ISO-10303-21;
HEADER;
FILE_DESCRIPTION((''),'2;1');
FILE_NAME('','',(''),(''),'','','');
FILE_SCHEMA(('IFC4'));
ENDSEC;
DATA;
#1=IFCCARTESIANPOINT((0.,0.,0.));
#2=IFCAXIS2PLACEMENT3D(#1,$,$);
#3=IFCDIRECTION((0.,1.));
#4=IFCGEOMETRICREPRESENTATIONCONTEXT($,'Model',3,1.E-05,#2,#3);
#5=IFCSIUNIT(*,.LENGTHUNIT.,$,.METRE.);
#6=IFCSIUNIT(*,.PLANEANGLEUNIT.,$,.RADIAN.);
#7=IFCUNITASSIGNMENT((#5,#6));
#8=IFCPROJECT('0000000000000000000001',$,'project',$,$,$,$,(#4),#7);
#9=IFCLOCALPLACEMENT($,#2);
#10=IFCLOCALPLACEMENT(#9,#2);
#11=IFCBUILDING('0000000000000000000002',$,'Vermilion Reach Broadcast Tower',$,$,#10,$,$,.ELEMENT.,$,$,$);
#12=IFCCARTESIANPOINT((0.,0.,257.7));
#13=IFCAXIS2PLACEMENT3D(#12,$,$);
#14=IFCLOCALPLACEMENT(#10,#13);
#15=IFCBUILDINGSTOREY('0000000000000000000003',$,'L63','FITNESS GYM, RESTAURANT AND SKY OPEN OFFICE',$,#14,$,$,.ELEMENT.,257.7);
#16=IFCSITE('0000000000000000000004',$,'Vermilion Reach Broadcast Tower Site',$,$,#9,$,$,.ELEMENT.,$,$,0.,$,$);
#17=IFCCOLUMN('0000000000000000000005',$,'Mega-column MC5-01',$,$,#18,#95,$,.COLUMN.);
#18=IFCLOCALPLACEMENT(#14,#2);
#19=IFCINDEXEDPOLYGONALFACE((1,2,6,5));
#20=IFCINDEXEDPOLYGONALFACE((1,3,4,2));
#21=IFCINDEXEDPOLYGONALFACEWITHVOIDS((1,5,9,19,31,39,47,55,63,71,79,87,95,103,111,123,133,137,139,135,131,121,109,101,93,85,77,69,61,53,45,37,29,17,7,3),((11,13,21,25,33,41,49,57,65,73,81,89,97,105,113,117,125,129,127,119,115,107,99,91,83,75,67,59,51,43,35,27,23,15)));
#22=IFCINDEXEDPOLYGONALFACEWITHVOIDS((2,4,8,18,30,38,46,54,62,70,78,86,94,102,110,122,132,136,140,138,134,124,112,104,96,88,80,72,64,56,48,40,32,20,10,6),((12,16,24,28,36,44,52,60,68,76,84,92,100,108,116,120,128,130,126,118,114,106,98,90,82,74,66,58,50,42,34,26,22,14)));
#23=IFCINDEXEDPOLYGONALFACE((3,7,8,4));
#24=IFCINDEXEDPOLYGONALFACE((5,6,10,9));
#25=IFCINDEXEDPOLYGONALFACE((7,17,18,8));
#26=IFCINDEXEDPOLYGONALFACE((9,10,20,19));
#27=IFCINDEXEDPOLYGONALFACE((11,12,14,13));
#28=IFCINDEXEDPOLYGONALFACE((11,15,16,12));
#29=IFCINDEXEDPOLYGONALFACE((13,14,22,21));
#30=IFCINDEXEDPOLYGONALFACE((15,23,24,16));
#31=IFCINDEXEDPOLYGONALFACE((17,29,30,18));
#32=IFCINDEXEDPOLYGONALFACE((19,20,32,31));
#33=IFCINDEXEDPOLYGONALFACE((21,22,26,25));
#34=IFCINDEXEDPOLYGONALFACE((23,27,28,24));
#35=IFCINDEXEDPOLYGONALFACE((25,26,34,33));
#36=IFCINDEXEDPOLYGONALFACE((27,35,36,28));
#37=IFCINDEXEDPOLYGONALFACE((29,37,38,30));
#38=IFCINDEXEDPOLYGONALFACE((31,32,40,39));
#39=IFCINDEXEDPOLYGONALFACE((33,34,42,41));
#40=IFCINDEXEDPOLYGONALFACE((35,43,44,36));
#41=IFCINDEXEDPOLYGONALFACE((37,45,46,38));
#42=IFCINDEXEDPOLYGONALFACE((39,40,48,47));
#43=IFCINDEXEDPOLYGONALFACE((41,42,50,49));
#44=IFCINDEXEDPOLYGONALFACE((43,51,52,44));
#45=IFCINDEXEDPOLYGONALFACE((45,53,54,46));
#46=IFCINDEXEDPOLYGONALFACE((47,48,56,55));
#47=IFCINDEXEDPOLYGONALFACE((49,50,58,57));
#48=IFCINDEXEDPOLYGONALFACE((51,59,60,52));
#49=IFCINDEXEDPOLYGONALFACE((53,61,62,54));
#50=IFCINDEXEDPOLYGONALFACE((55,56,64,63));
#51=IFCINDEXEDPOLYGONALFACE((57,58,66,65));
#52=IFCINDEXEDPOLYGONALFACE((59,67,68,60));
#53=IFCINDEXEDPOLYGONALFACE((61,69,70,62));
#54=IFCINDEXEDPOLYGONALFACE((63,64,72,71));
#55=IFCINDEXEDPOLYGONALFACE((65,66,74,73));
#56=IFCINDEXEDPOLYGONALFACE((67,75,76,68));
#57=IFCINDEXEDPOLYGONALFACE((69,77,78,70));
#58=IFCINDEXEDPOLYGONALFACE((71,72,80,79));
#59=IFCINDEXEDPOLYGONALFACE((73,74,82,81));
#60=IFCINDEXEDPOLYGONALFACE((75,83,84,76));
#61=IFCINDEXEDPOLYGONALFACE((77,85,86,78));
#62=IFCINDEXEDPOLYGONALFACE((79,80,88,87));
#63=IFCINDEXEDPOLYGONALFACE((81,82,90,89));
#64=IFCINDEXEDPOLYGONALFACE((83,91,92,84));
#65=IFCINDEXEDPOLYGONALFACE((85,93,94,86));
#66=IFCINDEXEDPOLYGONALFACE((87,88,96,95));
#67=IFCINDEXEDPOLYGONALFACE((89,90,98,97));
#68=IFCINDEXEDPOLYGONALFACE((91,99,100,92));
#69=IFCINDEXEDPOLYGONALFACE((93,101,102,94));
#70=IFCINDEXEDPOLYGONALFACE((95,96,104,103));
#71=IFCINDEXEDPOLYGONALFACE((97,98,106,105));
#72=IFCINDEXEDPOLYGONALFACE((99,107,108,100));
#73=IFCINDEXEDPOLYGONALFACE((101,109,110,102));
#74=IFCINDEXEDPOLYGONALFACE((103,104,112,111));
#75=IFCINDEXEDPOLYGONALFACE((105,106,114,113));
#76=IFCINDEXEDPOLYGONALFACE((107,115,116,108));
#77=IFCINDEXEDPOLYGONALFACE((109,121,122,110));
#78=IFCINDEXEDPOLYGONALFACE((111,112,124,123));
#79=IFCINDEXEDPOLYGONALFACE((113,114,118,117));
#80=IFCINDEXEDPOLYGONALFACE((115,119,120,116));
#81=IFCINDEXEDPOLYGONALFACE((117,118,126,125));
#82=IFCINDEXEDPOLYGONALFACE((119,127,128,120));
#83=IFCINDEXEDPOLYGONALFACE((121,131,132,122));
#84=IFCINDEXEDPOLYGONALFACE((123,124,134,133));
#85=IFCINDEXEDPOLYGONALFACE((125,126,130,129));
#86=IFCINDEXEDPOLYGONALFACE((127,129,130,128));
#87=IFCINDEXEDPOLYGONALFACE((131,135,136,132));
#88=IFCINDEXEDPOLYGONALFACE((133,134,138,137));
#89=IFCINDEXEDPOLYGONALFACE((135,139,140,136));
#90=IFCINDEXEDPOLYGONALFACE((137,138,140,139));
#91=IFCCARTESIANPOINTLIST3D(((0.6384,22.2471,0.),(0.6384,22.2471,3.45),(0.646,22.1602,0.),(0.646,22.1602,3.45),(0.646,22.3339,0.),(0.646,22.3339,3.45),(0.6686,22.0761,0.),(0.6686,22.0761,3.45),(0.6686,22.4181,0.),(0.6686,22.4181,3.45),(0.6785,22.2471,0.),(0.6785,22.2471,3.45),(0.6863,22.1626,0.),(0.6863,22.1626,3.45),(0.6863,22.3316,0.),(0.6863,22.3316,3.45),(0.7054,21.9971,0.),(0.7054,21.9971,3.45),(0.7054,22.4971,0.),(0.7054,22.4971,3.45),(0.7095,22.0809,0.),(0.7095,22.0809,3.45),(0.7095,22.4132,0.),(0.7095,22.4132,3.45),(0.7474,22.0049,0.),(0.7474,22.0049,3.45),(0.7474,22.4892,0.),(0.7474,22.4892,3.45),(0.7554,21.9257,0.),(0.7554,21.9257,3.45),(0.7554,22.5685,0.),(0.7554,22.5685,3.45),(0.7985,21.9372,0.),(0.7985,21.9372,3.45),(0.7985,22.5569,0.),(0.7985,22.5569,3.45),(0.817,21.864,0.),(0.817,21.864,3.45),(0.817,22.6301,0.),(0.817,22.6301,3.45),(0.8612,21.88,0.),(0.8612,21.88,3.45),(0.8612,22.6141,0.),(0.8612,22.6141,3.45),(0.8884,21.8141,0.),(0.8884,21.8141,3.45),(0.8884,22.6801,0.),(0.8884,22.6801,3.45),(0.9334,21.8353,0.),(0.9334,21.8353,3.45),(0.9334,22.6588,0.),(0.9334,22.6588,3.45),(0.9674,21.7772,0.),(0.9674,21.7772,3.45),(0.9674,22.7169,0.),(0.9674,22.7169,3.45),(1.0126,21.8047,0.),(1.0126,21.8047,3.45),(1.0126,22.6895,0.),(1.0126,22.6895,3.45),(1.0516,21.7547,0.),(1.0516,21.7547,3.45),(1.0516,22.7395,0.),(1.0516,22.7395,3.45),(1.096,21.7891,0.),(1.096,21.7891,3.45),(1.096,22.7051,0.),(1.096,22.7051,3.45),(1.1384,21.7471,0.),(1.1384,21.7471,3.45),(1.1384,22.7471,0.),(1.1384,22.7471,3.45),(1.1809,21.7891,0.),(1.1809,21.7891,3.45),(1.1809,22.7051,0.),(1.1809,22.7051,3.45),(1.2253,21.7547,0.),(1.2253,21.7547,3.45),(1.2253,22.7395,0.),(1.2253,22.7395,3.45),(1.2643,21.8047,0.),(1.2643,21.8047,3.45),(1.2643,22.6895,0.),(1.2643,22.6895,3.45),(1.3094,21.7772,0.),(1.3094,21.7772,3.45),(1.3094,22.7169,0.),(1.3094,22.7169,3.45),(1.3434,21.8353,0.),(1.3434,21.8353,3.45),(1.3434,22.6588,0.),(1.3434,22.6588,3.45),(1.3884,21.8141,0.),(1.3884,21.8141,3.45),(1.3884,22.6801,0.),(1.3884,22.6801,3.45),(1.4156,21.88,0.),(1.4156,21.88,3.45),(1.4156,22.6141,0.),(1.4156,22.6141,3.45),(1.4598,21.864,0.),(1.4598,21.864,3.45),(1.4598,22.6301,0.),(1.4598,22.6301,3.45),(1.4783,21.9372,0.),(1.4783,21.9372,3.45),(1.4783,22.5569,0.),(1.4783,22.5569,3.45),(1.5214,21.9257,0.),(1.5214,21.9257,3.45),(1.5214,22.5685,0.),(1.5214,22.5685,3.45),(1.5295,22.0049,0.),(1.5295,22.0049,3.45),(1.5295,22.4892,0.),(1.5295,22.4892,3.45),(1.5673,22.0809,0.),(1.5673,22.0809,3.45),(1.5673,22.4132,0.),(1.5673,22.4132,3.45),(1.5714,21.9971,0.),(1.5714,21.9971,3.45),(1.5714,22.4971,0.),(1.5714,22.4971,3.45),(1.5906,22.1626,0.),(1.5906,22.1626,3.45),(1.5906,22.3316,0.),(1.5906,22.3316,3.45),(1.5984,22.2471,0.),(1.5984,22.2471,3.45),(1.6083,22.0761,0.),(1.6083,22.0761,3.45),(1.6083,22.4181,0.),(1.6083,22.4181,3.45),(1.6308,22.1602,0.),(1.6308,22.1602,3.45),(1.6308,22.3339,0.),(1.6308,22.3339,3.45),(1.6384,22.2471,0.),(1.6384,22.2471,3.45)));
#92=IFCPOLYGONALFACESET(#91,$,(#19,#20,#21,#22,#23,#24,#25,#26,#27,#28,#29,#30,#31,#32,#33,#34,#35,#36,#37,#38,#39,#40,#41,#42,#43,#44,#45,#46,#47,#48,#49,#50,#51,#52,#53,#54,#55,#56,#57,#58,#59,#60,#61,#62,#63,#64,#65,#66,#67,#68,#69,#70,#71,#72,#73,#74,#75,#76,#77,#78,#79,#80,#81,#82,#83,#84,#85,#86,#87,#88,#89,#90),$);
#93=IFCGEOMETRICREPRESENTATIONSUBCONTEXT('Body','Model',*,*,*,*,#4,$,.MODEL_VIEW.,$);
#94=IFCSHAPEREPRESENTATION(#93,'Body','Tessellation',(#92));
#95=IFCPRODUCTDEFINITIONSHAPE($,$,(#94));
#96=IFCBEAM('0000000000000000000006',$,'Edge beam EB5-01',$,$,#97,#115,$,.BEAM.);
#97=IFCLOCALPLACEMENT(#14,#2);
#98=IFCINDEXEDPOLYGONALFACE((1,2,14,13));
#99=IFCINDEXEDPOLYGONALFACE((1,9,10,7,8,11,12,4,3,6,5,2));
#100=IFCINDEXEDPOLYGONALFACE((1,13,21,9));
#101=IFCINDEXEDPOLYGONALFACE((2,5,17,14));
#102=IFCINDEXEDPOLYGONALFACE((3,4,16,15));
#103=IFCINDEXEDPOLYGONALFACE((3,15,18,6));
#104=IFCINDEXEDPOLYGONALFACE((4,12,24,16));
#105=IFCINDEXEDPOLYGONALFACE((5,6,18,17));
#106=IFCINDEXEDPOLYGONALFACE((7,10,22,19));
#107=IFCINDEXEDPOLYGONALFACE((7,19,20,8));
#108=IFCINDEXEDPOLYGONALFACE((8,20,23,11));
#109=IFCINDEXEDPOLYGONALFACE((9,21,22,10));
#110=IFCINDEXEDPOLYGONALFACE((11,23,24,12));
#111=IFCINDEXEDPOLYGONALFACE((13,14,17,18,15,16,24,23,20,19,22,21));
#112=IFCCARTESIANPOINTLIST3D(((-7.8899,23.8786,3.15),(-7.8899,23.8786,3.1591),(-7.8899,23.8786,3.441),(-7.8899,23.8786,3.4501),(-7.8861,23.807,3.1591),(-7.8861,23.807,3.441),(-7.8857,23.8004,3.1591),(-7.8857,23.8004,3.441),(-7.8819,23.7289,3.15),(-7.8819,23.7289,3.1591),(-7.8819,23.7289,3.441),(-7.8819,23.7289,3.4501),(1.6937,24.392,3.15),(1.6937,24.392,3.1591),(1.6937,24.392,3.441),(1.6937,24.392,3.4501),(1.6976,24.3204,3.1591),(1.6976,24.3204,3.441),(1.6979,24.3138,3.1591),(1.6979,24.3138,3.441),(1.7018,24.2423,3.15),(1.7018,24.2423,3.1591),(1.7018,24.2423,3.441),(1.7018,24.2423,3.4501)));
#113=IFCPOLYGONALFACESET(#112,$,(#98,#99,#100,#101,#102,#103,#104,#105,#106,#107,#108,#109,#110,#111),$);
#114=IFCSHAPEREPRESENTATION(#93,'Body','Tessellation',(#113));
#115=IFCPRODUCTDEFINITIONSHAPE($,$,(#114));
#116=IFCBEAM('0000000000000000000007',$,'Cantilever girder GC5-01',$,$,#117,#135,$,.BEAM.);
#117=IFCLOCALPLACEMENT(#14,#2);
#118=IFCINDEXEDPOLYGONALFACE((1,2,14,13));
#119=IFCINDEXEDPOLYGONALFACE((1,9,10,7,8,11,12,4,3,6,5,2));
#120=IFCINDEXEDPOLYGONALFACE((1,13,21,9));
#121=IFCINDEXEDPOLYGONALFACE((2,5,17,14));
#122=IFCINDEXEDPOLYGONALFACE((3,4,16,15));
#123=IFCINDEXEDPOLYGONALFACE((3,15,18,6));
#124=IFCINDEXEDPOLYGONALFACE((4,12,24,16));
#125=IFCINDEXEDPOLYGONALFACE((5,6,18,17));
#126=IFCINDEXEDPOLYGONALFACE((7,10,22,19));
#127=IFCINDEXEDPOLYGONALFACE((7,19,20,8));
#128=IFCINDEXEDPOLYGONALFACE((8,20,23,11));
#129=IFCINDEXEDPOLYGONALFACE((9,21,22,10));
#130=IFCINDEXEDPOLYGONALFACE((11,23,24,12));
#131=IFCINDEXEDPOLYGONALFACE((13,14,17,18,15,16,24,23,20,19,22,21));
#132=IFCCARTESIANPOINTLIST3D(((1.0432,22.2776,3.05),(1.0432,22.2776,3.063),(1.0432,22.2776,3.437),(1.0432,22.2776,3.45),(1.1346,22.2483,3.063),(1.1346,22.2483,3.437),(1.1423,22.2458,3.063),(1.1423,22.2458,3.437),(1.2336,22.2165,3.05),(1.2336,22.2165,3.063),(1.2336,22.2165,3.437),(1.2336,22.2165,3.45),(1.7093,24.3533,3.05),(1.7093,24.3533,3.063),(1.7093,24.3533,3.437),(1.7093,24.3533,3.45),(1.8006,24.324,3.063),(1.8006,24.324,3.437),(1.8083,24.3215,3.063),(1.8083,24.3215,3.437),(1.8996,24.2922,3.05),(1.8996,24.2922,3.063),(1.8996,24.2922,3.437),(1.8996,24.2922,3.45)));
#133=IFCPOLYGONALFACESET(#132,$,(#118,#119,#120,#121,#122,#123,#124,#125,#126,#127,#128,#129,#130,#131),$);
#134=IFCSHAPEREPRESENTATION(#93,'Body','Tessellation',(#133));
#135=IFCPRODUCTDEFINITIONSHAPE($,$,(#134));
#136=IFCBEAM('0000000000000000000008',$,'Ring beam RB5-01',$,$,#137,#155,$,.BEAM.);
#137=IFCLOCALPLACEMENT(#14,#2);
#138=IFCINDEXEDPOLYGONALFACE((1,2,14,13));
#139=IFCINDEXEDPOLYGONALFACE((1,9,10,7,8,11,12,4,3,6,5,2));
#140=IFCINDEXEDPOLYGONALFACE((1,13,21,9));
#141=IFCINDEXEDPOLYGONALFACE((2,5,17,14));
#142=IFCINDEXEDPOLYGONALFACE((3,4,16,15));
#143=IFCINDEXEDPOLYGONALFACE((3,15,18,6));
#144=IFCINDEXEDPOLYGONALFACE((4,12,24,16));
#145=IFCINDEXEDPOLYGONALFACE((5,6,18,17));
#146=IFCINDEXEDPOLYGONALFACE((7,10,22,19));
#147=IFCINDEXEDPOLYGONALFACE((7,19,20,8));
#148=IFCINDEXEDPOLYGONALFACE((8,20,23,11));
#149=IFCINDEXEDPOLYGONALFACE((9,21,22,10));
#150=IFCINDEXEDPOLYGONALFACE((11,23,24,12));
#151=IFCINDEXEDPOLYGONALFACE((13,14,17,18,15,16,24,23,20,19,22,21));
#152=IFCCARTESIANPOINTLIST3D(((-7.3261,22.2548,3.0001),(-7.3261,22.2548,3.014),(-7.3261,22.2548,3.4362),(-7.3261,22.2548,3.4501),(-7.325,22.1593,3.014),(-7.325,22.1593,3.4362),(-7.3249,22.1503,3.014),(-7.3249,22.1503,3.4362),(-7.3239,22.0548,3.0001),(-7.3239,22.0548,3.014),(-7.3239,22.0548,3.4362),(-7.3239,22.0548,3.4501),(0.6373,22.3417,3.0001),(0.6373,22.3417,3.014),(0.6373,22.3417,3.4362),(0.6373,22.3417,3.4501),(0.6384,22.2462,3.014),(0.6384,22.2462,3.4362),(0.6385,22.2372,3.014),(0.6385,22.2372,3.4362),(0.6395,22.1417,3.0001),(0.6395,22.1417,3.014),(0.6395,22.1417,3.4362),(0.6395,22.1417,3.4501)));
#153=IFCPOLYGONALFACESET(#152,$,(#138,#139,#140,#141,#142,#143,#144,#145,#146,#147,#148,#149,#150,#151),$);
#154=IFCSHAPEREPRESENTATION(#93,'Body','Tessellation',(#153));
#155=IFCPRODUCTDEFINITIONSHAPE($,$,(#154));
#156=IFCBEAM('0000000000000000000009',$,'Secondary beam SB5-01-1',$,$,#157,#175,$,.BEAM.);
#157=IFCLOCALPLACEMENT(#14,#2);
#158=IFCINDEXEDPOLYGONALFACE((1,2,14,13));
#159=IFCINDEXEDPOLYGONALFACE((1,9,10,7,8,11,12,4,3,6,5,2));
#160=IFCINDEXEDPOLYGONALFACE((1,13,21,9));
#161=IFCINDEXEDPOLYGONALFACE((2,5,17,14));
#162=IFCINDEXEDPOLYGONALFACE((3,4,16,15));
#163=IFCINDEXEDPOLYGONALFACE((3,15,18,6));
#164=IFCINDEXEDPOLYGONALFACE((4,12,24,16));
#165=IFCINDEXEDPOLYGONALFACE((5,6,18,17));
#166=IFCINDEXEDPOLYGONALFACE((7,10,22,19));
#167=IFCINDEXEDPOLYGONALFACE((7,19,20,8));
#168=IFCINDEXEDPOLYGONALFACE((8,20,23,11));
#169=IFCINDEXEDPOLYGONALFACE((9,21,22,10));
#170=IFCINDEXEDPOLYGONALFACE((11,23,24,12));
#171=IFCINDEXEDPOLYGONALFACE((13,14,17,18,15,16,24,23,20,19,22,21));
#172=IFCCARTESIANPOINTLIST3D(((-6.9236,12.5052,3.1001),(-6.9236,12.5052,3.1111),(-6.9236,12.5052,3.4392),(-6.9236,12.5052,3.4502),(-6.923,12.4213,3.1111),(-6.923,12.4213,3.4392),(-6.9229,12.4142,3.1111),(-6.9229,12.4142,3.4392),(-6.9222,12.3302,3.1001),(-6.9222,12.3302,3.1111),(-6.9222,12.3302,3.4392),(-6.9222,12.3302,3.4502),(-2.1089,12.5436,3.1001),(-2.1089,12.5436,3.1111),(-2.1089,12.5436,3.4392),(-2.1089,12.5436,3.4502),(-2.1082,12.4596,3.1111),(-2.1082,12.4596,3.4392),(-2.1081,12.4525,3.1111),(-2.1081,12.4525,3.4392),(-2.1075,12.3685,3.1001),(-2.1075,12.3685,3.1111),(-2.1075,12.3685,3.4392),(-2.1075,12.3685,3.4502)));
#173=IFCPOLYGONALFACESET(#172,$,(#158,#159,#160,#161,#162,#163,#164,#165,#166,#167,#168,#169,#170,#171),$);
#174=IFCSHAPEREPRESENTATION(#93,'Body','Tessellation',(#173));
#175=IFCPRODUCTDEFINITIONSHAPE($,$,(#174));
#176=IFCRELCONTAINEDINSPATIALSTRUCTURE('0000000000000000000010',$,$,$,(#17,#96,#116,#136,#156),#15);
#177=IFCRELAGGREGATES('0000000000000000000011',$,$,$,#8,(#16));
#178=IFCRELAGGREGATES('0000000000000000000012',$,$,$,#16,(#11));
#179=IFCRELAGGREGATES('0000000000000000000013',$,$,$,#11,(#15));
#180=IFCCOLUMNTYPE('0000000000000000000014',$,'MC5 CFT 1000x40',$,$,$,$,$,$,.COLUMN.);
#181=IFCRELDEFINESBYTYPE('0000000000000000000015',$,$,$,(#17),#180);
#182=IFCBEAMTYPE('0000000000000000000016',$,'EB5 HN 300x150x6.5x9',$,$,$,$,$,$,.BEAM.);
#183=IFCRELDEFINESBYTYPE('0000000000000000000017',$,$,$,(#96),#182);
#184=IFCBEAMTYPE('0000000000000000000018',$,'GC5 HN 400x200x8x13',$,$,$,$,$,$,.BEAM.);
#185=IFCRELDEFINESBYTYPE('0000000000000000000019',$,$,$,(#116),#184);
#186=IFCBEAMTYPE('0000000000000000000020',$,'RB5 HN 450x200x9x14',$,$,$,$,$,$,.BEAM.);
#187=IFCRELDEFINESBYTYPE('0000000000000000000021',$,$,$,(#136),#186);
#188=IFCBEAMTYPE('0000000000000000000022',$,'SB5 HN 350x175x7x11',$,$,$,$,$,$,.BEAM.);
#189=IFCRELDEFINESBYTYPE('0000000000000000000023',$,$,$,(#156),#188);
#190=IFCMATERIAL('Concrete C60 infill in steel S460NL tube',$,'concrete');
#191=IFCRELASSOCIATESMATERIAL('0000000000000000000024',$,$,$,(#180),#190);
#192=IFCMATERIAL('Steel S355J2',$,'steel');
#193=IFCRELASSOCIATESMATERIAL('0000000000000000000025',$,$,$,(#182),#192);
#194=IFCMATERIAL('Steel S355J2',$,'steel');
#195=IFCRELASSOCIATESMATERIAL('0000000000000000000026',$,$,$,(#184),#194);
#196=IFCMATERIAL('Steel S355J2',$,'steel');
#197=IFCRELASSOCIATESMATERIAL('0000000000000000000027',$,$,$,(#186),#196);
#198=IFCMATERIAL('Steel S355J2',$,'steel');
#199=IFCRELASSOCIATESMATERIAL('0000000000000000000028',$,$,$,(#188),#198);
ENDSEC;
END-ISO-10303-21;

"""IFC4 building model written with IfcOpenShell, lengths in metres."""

from ifc_helpers import new_model, si_unit, direction, frame, origin, origin_2d, place, context, subcontext, project, spatial, hollow_circle, i_section, extrude, material, material_profile, profile_set, type_object, element, save


model = new_model("IFC4")

# Units and contexts
model_context = context("Model", 3, precision=1e-05, world=origin(), true_north=direction((0.0, 1.0)))
body_context = subcontext(model_context, "Body", "Model", "MODEL_VIEW")
ifc_project = project(units=[si_unit("LENGTHUNIT", "METRE"), si_unit("PLANEANGLEUNIT", "RADIAN")], contexts=[model_context])

# Site, building, storey
site_placement = place(None, origin())
site = spatial("IfcSite", under=ifc_project, at=site_placement, Name="Vermilion Reach Broadcast Tower Site", CompositionType="ELEMENT", RefElevation=0.0)
building_placement = place(site_placement, origin())
building = spatial("IfcBuilding", under=site, at=building_placement, Name="Vermilion Reach Broadcast Tower", CompositionType="ELEMENT")
storey_placement = place(building_placement, frame((0.0, 0.0, 257.7)))
storey = spatial("IfcBuildingStorey", under=building, at=storey_placement, Name="L63", Description="FITNESS GYM, RESTAURANT AND SKY OPEN OFFICE", CompositionType="ELEMENT", Elevation=257.7)

# Column
ifc_material_1 = material(Name="Concrete C60 infill in steel S460NL tube", Category="concrete")
ifc_material_profile_1 = material_profile(ifc_material_1, hollow_circle(Radius=0.5, WallThickness=0.04, at=origin_2d()), Name="Concrete C60 infill in steel S460NL tube CFT 1000x40")
ifc_profile_set_1 = profile_set([ifc_material_profile_1], Name="Concrete C60 infill in steel S460NL tube")
column_type = type_object("IfcColumnType", Name="MC5 CFT 1000x40", PredefinedType="COLUMN", material=ifc_profile_set_1)
column_placement = place(storey_placement, frame((1.1384, 22.2471, 0.0), z_axis=(0.0, 0.0, 1.0), x_axis=(1.0, 0.0, 0.0)))
element("IfcColumn", 1, at=column_placement, inside=storey, type_object=column_type, Name="Mega-column MC5-01", PredefinedType="COLUMN", context=body_context, shape_type="SweptSolid", body=[
    extrude(hollow_circle(Radius=0.5, WallThickness=0.04, at=origin_2d()), origin(), (0.0, 0.0, 1.0), 3.45),
])

# Beams
ifc_material_2 = material(Name="Steel S355J2", Category="steel")
ifc_material_profile_2 = material_profile(ifc_material_2, i_section(OverallWidth=0.1499, OverallDepth=0.3, WebThickness=0.0066, FlangeThickness=0.009, at=origin_2d()), Name="S355J2 HN 300x150x6.5x9")
ifc_profile_set_2 = profile_set([ifc_material_profile_2], Name="Steel S355J2")
beam_type_1 = type_object("IfcBeamType", Name="EB5 HN 300x150x6.5x9", PredefinedType="BEAM", material=ifc_profile_set_2)
beam_1_placement = place(storey_placement, frame((1.6978, 24.3171, 3.3), z_axis=(-0.998568, -0.053496, 0.0), x_axis=(0.053496, -0.998568, 0.0)))
element("IfcBeam", 2, at=beam_1_placement, inside=storey, type_object=beam_type_1, Name="Edge beam EB5-01", PredefinedType="BEAM", context=body_context, shape_type="SweptSolid", body=[
    extrude(i_section(OverallWidth=0.1499, OverallDepth=0.3, WebThickness=0.0066, FlangeThickness=0.009, at=origin_2d()), origin(), (0.0, 0.0, 1.0), 9.5974),
])
ifc_material_3 = material(Name="Steel S355J2", Category="steel")
ifc_material_profile_3 = material_profile(ifc_material_3, i_section(OverallWidth=0.2, OverallDepth=0.3999, WebThickness=0.0081, FlangeThickness=0.0129, at=origin_2d()), Name="S355J2 HN 400x200x8x13")
ifc_profile_set_3 = profile_set([ifc_material_profile_3], Name="Steel S355J2")
beam_type_2 = type_object("IfcBeamType", Name="GC5 HN 400x200x8x13", PredefinedType="BEAM", material=ifc_profile_set_3)
beam_2_placement = place(storey_placement, frame((1.1384, 22.2471, 3.25), z_axis=(0.305523, 0.952185, 0.0), x_axis=(-0.952185, 0.305523, 0.0)))
element("IfcBeam", 3, at=beam_2_placement, inside=storey, type_object=beam_type_2, Name="Cantilever girder GC5-01", PredefinedType="BEAM", context=body_context, shape_type="SweptSolid", body=[
    extrude(i_section(OverallWidth=0.2, OverallDepth=0.3999, WebThickness=0.0081, FlangeThickness=0.0129, at=origin_2d()), origin(), (0.0, 0.0, 1.0), 2.1799),
])
ifc_material_4 = material(Name="Steel S355J2", Category="steel")
ifc_material_profile_4 = material_profile(ifc_material_4, i_section(OverallWidth=0.2, OverallDepth=0.45, WebThickness=0.009, FlangeThickness=0.0139, at=origin_2d()), Name="S355J2 HN 450x200x9x14")
ifc_profile_set_4 = profile_set([ifc_material_profile_4], Name="Steel S355J2")
beam_type_3 = type_object("IfcBeamType", Name="RB5 HN 450x200x9x14", PredefinedType="BEAM", material=ifc_profile_set_4)
beam_3_placement = place(storey_placement, frame((0.6384, 22.2417, 3.2251), z_axis=(-0.99994, -0.010914, 0.0), x_axis=(0.010914, -0.99994, 0.0)))
element("IfcBeam", 4, at=beam_3_placement, inside=storey, type_object=beam_type_3, Name="Ring beam RB5-01", PredefinedType="BEAM", context=body_context, shape_type="SweptSolid", body=[
    extrude(i_section(OverallWidth=0.2, OverallDepth=0.45, WebThickness=0.009, FlangeThickness=0.0139, at=origin_2d()), origin(), (0.0, 0.0, 1.0), 7.9639),
])
ifc_material_5 = material(Name="Steel S355J2", Category="steel")
ifc_material_profile_5 = material_profile(ifc_material_5, i_section(OverallWidth=0.175, OverallDepth=0.3501, WebThickness=0.0071, FlangeThickness=0.011, at=origin_2d()), Name="S355J2 HN 350x175x7x11")
ifc_profile_set_5 = profile_set([ifc_material_profile_5], Name="Steel S355J2")
beam_type_4 = type_object("IfcBeamType", Name="SB5 HN 350x175x7x11", PredefinedType="BEAM", material=ifc_profile_set_5)
beam_4_placement = place(storey_placement, frame((-2.1082, 12.4561, 3.2751), z_axis=(-0.999968, -0.007961, 0.0), x_axis=(0.007961, -0.999968, 0.0)))
element("IfcBeam", 5, at=beam_4_placement, inside=storey, type_object=beam_type_4, Name="Secondary beam SB5-01-1", PredefinedType="BEAM", context=body_context, shape_type="SweptSolid", body=[
    extrude(i_section(OverallWidth=0.175, OverallDepth=0.3501, WebThickness=0.0071, FlangeThickness=0.011, at=origin_2d()), origin(), (0.0, 0.0, 1.0), 4.8149),
])

save(model, "model.ifc")
